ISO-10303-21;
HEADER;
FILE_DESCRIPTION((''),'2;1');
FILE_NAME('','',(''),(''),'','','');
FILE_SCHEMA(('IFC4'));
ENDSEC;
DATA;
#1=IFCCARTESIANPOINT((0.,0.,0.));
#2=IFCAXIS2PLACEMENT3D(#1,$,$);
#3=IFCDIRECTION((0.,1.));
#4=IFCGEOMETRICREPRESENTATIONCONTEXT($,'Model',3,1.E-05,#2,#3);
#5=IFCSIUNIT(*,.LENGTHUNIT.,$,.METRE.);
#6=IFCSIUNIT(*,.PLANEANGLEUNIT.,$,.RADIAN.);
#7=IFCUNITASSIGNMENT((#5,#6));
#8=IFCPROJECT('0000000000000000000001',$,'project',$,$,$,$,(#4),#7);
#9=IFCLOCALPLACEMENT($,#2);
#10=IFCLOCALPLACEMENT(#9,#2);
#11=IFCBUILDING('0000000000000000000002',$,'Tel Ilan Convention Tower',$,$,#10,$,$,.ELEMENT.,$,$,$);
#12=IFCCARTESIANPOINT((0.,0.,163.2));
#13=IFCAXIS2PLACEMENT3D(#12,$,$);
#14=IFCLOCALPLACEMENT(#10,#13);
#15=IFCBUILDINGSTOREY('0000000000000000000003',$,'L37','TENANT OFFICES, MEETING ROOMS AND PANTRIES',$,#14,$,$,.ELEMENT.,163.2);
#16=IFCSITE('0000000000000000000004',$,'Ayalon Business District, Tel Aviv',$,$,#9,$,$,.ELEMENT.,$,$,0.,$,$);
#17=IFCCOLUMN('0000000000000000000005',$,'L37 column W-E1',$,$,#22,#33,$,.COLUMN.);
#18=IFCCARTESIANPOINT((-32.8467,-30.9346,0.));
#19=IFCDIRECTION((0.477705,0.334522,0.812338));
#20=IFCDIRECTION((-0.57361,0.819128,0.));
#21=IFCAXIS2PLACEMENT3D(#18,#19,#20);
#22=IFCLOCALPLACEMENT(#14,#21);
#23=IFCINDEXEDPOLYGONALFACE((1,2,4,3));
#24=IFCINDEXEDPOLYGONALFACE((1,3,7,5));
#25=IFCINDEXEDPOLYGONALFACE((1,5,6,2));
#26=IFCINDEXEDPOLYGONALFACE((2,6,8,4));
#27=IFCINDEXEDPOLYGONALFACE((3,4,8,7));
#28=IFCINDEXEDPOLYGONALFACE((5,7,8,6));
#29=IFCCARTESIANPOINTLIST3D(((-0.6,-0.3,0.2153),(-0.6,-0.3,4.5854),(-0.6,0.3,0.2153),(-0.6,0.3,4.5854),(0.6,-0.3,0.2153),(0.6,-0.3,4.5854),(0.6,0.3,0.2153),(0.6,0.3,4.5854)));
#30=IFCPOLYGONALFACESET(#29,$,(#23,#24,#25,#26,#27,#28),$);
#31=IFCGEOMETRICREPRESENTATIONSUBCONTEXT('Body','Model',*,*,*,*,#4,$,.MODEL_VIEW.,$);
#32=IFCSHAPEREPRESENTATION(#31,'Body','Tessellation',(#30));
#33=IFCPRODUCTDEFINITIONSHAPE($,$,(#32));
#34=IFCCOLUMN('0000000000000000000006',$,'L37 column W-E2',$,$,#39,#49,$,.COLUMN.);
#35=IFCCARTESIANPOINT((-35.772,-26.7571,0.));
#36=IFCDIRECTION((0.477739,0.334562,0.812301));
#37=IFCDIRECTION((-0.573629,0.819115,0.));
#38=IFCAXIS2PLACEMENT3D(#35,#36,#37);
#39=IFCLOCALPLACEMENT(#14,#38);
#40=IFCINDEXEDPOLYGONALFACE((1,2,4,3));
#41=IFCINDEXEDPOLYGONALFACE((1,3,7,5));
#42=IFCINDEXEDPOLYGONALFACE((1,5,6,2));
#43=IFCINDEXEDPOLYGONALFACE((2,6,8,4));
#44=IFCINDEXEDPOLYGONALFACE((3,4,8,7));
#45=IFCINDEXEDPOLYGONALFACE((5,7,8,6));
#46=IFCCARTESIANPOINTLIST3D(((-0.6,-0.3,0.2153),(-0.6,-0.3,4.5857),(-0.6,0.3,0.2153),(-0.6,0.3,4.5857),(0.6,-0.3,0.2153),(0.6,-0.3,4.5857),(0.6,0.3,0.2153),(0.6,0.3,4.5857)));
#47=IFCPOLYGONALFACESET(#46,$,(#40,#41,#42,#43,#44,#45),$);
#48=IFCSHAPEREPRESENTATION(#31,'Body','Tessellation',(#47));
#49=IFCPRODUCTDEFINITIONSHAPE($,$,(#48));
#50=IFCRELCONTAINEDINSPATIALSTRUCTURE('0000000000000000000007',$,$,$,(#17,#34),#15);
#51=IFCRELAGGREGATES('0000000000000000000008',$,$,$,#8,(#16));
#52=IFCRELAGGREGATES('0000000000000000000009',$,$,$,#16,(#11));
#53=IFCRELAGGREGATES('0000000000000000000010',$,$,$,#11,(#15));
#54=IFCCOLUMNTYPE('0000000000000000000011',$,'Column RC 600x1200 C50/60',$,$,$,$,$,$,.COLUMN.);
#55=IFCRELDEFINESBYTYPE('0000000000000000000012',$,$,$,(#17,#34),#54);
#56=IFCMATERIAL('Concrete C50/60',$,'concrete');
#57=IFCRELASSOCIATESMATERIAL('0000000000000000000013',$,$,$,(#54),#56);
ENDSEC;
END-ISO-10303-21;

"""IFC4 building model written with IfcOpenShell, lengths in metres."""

from ifc_helpers import new_model, si_unit, direction, frame, origin, origin_2d, place, context, subcontext, project, spatial, rectangle, extrude, clip, halfspace, material, material_profile, profile_set, type_object, element, save


model = new_model("IFC4")

# Units and contexts
model_context = context("Model", 3, precision=1e-05, world=origin(), true_north=direction((0.0, 1.0)))
body_context = subcontext(model_context, "Body", "Model", "MODEL_VIEW")
ifc_project = project(units=[si_unit("LENGTHUNIT", "METRE"), si_unit("PLANEANGLEUNIT", "RADIAN")], contexts=[model_context])

# Site, building, storey
site_placement = place(None, origin())
site = spatial("IfcSite", under=ifc_project, at=site_placement, Name="Ayalon Business District, Tel Aviv", CompositionType="ELEMENT", RefElevation=0.0)
building_placement = place(site_placement, origin())
building = spatial("IfcBuilding", under=site, at=building_placement, Name="Tel Ilan Convention Tower", CompositionType="ELEMENT")
storey_placement = place(building_placement, frame((0.0, 0.0, 163.2)))
storey = spatial("IfcBuildingStorey", under=building, at=storey_placement, Name="L37", Description="TENANT OFFICES, MEETING ROOMS AND PANTRIES", CompositionType="ELEMENT", Elevation=163.2)

# Columns
ifc_material_1 = material(Name="Concrete C50/60", Category="concrete")
ifc_material_profile_1 = material_profile(ifc_material_1, rectangle(XDim=1.2, YDim=0.6001, at=origin_2d()), Name="RC 600x1200")
ifc_profile_set_1 = profile_set([ifc_material_profile_1], Name="Concrete C50/60")
column_type = type_object("IfcColumnType", Name="Column RC 600x1200 C50/60", PredefinedType="COLUMN", material=ifc_profile_set_1)
column_1_placement = place(storey_placement, frame((-32.8467, -30.9346, 0.0), z_axis=(0.477705, 0.334522, 0.812338), x_axis=(-0.57361, 0.819128, 0.0)))
element("IfcColumn", 1, at=column_1_placement, inside=storey, type_object=column_type, Name="L37 column W-E1", PredefinedType="COLUMN", context=body_context, shape_type="Clipping", body=[
    clip(clip(extrude(rectangle(XDim=1.2, YDim=0.6001, at=origin_2d()), origin(), (0.0, 0.0, 1.0), 4.801), halfspace(frame((0.0, 0.0, 0.2153), z_axis=(0.0, 0.0, 1.0), x_axis=(1.0, 0.0, 0.0)), True)), halfspace(frame((0.0, 0.0, 4.5854), z_axis=(0.0, 0.0, 1.0), x_axis=(1.0, 0.0, 0.0)), False)),
])
column_2_placement = place(storey_placement, frame((-35.772, -26.7571, 0.0), z_axis=(0.477739, 0.334562, 0.812301), x_axis=(-0.573629, 0.819115, 0.0)))
element("IfcColumn", 2, at=column_2_placement, inside=storey, type_object=column_type, Name="L37 column W-E2", PredefinedType="COLUMN", context=body_context, shape_type="Clipping", body=[
    clip(clip(extrude(rectangle(XDim=1.2, YDim=0.6001, at=origin_2d()), origin(), (0.0, 0.0, 1.0), 4.8013), halfspace(frame((0.0, 0.0, 0.2153), z_axis=(0.0, 0.0, 1.0), x_axis=(1.0, 0.0, 0.0)), True)), halfspace(frame((0.0, 0.0, 4.5857), z_axis=(0.0, 0.0, 1.0), x_axis=(1.0, 0.0, 0.0)), False)),
])

save(model, "model.ifc")
